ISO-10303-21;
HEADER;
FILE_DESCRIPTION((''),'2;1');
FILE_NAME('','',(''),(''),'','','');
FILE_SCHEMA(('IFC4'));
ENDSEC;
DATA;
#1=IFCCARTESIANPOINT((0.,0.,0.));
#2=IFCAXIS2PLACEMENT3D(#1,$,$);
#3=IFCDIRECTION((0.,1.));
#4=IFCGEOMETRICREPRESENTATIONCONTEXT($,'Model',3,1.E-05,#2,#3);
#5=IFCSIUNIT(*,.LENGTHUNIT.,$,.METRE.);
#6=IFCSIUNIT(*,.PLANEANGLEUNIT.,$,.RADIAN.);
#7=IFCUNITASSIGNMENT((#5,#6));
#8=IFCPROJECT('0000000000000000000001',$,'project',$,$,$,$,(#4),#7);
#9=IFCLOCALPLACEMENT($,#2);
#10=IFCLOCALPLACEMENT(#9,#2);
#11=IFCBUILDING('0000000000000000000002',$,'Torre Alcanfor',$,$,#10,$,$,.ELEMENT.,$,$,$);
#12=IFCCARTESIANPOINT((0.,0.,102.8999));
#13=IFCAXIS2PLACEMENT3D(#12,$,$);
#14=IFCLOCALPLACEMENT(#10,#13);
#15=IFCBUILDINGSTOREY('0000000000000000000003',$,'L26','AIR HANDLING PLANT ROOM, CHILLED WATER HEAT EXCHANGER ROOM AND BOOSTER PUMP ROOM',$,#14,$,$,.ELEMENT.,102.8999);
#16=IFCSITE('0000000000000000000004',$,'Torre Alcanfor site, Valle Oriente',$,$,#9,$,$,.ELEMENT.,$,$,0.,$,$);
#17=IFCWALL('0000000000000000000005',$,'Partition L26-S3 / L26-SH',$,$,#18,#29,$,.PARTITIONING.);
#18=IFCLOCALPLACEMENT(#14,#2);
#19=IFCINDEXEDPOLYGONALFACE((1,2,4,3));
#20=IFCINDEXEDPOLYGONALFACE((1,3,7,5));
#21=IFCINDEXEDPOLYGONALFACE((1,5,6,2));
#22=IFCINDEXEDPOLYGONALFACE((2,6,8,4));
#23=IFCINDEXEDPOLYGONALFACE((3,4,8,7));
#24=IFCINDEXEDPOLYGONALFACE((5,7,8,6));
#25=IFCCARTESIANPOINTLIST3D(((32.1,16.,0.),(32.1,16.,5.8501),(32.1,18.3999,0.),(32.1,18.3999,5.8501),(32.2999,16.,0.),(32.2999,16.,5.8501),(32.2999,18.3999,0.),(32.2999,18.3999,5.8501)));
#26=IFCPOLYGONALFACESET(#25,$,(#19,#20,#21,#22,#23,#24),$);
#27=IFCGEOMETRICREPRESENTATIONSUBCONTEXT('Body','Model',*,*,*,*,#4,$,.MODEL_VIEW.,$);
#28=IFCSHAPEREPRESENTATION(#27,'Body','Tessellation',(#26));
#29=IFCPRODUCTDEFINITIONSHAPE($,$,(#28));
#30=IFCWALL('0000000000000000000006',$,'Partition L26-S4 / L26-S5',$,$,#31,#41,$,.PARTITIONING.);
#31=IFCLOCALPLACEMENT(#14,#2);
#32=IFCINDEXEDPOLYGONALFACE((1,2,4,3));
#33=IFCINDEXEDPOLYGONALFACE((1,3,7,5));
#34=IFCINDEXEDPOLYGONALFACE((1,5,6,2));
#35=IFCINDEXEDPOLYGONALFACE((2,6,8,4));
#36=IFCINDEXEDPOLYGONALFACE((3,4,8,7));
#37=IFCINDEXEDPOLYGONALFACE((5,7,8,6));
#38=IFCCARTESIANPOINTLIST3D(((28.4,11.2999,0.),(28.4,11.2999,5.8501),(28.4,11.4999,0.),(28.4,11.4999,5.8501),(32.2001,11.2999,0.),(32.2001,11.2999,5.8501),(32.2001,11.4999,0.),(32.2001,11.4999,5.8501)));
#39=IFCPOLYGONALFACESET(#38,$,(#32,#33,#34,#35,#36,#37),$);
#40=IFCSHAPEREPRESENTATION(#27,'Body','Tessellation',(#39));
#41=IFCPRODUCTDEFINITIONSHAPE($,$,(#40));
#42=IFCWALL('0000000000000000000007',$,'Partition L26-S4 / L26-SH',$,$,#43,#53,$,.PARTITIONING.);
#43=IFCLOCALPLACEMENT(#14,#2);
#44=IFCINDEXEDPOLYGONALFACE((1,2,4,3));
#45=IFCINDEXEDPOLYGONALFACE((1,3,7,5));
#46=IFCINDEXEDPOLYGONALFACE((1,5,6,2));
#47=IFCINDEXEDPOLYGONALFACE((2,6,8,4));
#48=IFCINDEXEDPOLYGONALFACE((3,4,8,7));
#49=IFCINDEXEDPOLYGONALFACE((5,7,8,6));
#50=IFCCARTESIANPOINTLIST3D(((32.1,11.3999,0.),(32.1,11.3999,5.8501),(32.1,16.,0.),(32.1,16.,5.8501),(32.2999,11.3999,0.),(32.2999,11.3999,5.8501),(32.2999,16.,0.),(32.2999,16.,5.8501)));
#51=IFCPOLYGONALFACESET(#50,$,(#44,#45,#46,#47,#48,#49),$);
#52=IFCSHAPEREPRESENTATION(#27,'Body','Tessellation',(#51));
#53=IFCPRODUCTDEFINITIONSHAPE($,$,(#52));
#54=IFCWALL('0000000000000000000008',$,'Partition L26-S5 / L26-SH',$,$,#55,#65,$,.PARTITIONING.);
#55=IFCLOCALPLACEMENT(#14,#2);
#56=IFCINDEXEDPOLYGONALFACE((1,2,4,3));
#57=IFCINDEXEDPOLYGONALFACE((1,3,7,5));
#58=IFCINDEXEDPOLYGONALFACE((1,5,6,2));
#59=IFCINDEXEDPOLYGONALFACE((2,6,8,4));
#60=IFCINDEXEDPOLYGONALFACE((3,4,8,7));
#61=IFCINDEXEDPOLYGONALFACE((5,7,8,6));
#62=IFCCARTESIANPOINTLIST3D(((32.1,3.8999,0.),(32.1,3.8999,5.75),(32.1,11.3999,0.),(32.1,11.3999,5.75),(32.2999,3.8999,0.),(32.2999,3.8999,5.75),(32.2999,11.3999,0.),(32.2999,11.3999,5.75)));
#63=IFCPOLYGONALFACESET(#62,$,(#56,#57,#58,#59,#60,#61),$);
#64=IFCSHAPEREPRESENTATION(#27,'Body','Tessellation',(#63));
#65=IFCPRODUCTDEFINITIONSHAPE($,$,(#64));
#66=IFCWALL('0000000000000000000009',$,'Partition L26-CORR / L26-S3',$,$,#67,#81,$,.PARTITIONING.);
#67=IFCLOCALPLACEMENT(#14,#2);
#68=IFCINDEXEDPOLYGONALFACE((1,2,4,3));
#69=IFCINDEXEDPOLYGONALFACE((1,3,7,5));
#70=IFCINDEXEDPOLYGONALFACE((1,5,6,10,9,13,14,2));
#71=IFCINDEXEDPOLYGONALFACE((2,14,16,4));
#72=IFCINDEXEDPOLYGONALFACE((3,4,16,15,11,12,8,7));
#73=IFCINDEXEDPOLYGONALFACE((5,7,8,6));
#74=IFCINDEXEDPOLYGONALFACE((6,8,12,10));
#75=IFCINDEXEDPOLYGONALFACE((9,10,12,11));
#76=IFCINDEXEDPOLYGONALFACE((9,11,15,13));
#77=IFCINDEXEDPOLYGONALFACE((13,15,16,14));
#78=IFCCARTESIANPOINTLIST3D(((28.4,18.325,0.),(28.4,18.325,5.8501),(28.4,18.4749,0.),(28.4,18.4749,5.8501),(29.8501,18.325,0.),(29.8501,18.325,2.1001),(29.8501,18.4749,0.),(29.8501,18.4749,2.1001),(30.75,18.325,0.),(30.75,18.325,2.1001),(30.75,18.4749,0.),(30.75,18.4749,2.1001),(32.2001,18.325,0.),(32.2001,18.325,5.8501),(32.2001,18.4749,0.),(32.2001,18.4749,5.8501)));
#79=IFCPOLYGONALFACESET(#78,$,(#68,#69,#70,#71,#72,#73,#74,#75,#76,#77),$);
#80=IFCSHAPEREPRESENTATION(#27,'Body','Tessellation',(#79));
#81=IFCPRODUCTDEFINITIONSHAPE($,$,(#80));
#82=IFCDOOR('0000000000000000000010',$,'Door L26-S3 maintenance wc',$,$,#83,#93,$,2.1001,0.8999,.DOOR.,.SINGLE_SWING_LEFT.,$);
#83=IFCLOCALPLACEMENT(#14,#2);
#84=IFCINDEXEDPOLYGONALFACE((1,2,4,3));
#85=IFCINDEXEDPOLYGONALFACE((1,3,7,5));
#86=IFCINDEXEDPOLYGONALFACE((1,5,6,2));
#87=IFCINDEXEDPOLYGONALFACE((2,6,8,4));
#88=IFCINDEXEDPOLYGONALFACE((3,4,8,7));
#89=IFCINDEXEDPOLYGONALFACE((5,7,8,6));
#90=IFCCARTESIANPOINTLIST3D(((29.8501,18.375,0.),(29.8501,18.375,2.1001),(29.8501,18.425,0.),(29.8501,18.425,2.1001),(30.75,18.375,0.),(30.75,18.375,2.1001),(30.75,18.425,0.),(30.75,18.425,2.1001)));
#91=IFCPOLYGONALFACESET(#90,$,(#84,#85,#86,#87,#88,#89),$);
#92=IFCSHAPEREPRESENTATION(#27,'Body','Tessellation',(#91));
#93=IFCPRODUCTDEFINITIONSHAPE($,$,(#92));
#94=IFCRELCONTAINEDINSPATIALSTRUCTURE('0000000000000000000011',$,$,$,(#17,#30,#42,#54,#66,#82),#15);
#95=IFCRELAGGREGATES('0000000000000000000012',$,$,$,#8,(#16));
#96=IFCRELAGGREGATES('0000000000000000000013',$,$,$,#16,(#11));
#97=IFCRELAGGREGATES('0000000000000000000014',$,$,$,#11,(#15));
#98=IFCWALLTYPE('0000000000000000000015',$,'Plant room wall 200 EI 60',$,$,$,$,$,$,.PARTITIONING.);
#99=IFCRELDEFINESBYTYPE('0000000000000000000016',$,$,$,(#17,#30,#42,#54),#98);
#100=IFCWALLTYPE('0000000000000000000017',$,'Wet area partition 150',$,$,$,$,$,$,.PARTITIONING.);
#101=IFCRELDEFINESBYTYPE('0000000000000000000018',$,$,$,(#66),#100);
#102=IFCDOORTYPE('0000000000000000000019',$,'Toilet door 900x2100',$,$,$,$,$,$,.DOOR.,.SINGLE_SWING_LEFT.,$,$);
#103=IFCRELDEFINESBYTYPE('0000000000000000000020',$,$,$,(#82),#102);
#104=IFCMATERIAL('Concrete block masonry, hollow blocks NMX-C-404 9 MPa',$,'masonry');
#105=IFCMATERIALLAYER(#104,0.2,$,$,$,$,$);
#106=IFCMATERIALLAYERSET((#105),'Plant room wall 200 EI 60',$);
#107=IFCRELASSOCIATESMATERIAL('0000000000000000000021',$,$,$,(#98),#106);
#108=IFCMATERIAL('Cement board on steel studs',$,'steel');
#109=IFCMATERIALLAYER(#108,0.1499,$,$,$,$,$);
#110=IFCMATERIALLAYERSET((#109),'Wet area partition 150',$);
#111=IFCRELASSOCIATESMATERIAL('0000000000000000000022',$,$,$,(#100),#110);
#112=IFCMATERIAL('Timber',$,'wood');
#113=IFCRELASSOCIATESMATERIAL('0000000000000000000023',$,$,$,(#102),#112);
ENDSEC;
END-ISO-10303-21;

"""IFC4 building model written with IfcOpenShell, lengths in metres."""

from ifc_helpers import new_model, si_unit, direction, frame, frame_2d, origin, place, context, subcontext, project, spatial, rectangle, extrude, material, layer, layer_set, type_object, element, fill, save


model = new_model("IFC4")

# Units and contexts
model_context = context("Model", 3, precision=1e-05, world=origin(), true_north=direction((0.0, 1.0)))
body_context = subcontext(model_context, "Body", "Model", "MODEL_VIEW")
ifc_project = project(units=[si_unit("LENGTHUNIT", "METRE"), si_unit("PLANEANGLEUNIT", "RADIAN")], contexts=[model_context])

# Site, building, storey
site_placement = place(None, origin())
site = spatial("IfcSite", under=ifc_project, at=site_placement, Name="Torre Alcanfor site, Valle Oriente", CompositionType="ELEMENT", RefElevation=0.0)
building_placement = place(site_placement, origin())
building = spatial("IfcBuilding", under=site, at=building_placement, Name="Torre Alcanfor", CompositionType="ELEMENT")
storey_placement = place(building_placement, frame((0.0, 0.0, 102.8999)))
storey = spatial("IfcBuildingStorey", under=building, at=storey_placement, Name="L26", Description="AIR HANDLING PLANT ROOM, CHILLED WATER HEAT EXCHANGER ROOM AND BOOSTER PUMP ROOM", CompositionType="ELEMENT", Elevation=102.8999)

# Shared definitions
ifc_material_1 = material(Name="Concrete block masonry, hollow blocks NMX-C-404 9 MPa", Category="masonry")
ifc_layer_1 = layer(ifc_material_1, 0.2)
ifc_layer_set_1 = layer_set([ifc_layer_1], Name="Plant room wall 200 EI 60")
wall_type_1 = type_object("IfcWallType", Name="Plant room wall 200 EI 60", PredefinedType="PARTITIONING", material=ifc_layer_set_1)

# Walls
wall_1_placement = place(storey_placement, frame((32.2, 18.3999, 0.0), z_axis=(0.0, 0.0, 1.0), x_axis=(0.0, -1.0, 0.0)))
element("IfcWall", 1, at=wall_1_placement, inside=storey, type_object=wall_type_1, Name="Partition L26-S3 / L26-SH", PredefinedType="PARTITIONING", context=body_context, shape_type="SweptSolid", body=[
    extrude(rectangle(XDim=2.3999, YDim=0.2, at=frame_2d((1.2, 0.0))), origin(), (0.0, 0.0, 1.0), 5.8501),
])
wall_2_placement = place(storey_placement, frame((32.2, 11.3999, 0.0), z_axis=(0.0, 0.0, 1.0), x_axis=(-1.0, 0.0, 0.0)))
element("IfcWall", 2, at=wall_2_placement, inside=storey, type_object=wall_type_1, Name="Partition L26-S4 / L26-S5", PredefinedType="PARTITIONING", context=body_context, shape_type="SweptSolid", body=[
    extrude(rectangle(XDim=3.8, YDim=0.2, at=frame_2d((1.8999, 0.0))), origin(), (0.0, 0.0, 1.0), 5.8501),
])
wall_3_placement = place(storey_placement, frame((32.2, 16.0, 0.0), z_axis=(0.0, 0.0, 1.0), x_axis=(0.0, -1.0, 0.0)))
element("IfcWall", 3, at=wall_3_placement, inside=storey, type_object=wall_type_1, Name="Partition L26-S4 / L26-SH", PredefinedType="PARTITIONING", context=body_context, shape_type="SweptSolid", body=[
    extrude(rectangle(XDim=4.6001, YDim=0.2, at=frame_2d((2.3, 0.0))), origin(), (0.0, 0.0, 1.0), 5.8501),
])
wall_4_placement = place(storey_placement, frame((32.2, 11.3999, 0.0), z_axis=(0.0, 0.0, 1.0), x_axis=(0.0, -1.0, 0.0)))
element("IfcWall", 4, at=wall_4_placement, inside=storey, type_object=wall_type_1, Name="Partition L26-S5 / L26-SH", PredefinedType="PARTITIONING", context=body_context, shape_type="SweptSolid", body=[
    extrude(rectangle(XDim=7.5, YDim=0.2, at=frame_2d((3.75, 0.0))), origin(), (0.0, 0.0, 1.0), 5.75),
])

# Wall, opening, door
ifc_material_2 = material(Name="Cement board on steel studs", Category="steel")
ifc_layer_2 = layer(ifc_material_2, 0.1499)
ifc_layer_set_2 = layer_set([ifc_layer_2], Name="Wet area partition 150")
wall_type_2 = type_object("IfcWallType", Name="Wet area partition 150", PredefinedType="PARTITIONING", material=ifc_layer_set_2)
wall_5_placement = place(storey_placement, frame((32.2, 18.3999, 0.0), z_axis=(0.0, 0.0, 1.0), x_axis=(-1.0, 0.0, 0.0)))
wall_5 = element("IfcWall", 5, at=wall_5_placement, inside=storey, type_object=wall_type_2, Name="Partition L26-CORR / L26-S3", PredefinedType="PARTITIONING", context=body_context, shape_type="SweptSolid", body=[
    extrude(rectangle(XDim=3.8, YDim=0.1499, at=frame_2d((1.8999, 0.0))), origin(), (0.0, 0.0, 1.0), 5.8501),
])
opening_1_placement = place(wall_5_placement, frame((1.45, 0.0, 0.0)))
opening_1 = element("IfcOpeningElement", 6, at=opening_1_placement, cuts=wall_5, PredefinedType="OPENING", context=body_context, shape_type="SweptSolid", body=[
    extrude(rectangle(XDim=0.8999, YDim=2.1001, at=frame_2d((0.45, 1.05))), frame((0.0, 0.085, 0.0), z_axis=(0.0, -1.0, 0.0), x_axis=(1.0, 0.0, 0.0)), (0.0, 0.0, 1.0), 0.1699),
])
ifc_material_3 = material(Name="Timber", Category="wood")
door_type_1 = type_object("IfcDoorType", Name="Toilet door 900x2100", OperationType="SINGLE_SWING_LEFT", PredefinedType="DOOR", material=ifc_material_3)
door_1_placement = place(opening_1_placement, origin())
door_1 = element("IfcDoor", 7, at=door_1_placement, inside=storey, type_object=door_type_1, Name="Door L26-S3 maintenance wc", OperationType="SINGLE_SWING_LEFT", OverallHeight=2.1001, OverallWidth=0.8999, PredefinedType="DOOR", context=body_context, shape_type="SweptSolid", body=[
    extrude(rectangle(XDim=0.8999, YDim=2.1001, at=frame_2d((0.45, 1.05))), frame((0.0, 0.0249, 0.0), z_axis=(0.0, -1.0, 0.0), x_axis=(1.0, 0.0, 0.0)), (0.0, 0.0, 1.0), 0.05),
])
fill(opening_1, door_1)

save(model, "model.ifc")
